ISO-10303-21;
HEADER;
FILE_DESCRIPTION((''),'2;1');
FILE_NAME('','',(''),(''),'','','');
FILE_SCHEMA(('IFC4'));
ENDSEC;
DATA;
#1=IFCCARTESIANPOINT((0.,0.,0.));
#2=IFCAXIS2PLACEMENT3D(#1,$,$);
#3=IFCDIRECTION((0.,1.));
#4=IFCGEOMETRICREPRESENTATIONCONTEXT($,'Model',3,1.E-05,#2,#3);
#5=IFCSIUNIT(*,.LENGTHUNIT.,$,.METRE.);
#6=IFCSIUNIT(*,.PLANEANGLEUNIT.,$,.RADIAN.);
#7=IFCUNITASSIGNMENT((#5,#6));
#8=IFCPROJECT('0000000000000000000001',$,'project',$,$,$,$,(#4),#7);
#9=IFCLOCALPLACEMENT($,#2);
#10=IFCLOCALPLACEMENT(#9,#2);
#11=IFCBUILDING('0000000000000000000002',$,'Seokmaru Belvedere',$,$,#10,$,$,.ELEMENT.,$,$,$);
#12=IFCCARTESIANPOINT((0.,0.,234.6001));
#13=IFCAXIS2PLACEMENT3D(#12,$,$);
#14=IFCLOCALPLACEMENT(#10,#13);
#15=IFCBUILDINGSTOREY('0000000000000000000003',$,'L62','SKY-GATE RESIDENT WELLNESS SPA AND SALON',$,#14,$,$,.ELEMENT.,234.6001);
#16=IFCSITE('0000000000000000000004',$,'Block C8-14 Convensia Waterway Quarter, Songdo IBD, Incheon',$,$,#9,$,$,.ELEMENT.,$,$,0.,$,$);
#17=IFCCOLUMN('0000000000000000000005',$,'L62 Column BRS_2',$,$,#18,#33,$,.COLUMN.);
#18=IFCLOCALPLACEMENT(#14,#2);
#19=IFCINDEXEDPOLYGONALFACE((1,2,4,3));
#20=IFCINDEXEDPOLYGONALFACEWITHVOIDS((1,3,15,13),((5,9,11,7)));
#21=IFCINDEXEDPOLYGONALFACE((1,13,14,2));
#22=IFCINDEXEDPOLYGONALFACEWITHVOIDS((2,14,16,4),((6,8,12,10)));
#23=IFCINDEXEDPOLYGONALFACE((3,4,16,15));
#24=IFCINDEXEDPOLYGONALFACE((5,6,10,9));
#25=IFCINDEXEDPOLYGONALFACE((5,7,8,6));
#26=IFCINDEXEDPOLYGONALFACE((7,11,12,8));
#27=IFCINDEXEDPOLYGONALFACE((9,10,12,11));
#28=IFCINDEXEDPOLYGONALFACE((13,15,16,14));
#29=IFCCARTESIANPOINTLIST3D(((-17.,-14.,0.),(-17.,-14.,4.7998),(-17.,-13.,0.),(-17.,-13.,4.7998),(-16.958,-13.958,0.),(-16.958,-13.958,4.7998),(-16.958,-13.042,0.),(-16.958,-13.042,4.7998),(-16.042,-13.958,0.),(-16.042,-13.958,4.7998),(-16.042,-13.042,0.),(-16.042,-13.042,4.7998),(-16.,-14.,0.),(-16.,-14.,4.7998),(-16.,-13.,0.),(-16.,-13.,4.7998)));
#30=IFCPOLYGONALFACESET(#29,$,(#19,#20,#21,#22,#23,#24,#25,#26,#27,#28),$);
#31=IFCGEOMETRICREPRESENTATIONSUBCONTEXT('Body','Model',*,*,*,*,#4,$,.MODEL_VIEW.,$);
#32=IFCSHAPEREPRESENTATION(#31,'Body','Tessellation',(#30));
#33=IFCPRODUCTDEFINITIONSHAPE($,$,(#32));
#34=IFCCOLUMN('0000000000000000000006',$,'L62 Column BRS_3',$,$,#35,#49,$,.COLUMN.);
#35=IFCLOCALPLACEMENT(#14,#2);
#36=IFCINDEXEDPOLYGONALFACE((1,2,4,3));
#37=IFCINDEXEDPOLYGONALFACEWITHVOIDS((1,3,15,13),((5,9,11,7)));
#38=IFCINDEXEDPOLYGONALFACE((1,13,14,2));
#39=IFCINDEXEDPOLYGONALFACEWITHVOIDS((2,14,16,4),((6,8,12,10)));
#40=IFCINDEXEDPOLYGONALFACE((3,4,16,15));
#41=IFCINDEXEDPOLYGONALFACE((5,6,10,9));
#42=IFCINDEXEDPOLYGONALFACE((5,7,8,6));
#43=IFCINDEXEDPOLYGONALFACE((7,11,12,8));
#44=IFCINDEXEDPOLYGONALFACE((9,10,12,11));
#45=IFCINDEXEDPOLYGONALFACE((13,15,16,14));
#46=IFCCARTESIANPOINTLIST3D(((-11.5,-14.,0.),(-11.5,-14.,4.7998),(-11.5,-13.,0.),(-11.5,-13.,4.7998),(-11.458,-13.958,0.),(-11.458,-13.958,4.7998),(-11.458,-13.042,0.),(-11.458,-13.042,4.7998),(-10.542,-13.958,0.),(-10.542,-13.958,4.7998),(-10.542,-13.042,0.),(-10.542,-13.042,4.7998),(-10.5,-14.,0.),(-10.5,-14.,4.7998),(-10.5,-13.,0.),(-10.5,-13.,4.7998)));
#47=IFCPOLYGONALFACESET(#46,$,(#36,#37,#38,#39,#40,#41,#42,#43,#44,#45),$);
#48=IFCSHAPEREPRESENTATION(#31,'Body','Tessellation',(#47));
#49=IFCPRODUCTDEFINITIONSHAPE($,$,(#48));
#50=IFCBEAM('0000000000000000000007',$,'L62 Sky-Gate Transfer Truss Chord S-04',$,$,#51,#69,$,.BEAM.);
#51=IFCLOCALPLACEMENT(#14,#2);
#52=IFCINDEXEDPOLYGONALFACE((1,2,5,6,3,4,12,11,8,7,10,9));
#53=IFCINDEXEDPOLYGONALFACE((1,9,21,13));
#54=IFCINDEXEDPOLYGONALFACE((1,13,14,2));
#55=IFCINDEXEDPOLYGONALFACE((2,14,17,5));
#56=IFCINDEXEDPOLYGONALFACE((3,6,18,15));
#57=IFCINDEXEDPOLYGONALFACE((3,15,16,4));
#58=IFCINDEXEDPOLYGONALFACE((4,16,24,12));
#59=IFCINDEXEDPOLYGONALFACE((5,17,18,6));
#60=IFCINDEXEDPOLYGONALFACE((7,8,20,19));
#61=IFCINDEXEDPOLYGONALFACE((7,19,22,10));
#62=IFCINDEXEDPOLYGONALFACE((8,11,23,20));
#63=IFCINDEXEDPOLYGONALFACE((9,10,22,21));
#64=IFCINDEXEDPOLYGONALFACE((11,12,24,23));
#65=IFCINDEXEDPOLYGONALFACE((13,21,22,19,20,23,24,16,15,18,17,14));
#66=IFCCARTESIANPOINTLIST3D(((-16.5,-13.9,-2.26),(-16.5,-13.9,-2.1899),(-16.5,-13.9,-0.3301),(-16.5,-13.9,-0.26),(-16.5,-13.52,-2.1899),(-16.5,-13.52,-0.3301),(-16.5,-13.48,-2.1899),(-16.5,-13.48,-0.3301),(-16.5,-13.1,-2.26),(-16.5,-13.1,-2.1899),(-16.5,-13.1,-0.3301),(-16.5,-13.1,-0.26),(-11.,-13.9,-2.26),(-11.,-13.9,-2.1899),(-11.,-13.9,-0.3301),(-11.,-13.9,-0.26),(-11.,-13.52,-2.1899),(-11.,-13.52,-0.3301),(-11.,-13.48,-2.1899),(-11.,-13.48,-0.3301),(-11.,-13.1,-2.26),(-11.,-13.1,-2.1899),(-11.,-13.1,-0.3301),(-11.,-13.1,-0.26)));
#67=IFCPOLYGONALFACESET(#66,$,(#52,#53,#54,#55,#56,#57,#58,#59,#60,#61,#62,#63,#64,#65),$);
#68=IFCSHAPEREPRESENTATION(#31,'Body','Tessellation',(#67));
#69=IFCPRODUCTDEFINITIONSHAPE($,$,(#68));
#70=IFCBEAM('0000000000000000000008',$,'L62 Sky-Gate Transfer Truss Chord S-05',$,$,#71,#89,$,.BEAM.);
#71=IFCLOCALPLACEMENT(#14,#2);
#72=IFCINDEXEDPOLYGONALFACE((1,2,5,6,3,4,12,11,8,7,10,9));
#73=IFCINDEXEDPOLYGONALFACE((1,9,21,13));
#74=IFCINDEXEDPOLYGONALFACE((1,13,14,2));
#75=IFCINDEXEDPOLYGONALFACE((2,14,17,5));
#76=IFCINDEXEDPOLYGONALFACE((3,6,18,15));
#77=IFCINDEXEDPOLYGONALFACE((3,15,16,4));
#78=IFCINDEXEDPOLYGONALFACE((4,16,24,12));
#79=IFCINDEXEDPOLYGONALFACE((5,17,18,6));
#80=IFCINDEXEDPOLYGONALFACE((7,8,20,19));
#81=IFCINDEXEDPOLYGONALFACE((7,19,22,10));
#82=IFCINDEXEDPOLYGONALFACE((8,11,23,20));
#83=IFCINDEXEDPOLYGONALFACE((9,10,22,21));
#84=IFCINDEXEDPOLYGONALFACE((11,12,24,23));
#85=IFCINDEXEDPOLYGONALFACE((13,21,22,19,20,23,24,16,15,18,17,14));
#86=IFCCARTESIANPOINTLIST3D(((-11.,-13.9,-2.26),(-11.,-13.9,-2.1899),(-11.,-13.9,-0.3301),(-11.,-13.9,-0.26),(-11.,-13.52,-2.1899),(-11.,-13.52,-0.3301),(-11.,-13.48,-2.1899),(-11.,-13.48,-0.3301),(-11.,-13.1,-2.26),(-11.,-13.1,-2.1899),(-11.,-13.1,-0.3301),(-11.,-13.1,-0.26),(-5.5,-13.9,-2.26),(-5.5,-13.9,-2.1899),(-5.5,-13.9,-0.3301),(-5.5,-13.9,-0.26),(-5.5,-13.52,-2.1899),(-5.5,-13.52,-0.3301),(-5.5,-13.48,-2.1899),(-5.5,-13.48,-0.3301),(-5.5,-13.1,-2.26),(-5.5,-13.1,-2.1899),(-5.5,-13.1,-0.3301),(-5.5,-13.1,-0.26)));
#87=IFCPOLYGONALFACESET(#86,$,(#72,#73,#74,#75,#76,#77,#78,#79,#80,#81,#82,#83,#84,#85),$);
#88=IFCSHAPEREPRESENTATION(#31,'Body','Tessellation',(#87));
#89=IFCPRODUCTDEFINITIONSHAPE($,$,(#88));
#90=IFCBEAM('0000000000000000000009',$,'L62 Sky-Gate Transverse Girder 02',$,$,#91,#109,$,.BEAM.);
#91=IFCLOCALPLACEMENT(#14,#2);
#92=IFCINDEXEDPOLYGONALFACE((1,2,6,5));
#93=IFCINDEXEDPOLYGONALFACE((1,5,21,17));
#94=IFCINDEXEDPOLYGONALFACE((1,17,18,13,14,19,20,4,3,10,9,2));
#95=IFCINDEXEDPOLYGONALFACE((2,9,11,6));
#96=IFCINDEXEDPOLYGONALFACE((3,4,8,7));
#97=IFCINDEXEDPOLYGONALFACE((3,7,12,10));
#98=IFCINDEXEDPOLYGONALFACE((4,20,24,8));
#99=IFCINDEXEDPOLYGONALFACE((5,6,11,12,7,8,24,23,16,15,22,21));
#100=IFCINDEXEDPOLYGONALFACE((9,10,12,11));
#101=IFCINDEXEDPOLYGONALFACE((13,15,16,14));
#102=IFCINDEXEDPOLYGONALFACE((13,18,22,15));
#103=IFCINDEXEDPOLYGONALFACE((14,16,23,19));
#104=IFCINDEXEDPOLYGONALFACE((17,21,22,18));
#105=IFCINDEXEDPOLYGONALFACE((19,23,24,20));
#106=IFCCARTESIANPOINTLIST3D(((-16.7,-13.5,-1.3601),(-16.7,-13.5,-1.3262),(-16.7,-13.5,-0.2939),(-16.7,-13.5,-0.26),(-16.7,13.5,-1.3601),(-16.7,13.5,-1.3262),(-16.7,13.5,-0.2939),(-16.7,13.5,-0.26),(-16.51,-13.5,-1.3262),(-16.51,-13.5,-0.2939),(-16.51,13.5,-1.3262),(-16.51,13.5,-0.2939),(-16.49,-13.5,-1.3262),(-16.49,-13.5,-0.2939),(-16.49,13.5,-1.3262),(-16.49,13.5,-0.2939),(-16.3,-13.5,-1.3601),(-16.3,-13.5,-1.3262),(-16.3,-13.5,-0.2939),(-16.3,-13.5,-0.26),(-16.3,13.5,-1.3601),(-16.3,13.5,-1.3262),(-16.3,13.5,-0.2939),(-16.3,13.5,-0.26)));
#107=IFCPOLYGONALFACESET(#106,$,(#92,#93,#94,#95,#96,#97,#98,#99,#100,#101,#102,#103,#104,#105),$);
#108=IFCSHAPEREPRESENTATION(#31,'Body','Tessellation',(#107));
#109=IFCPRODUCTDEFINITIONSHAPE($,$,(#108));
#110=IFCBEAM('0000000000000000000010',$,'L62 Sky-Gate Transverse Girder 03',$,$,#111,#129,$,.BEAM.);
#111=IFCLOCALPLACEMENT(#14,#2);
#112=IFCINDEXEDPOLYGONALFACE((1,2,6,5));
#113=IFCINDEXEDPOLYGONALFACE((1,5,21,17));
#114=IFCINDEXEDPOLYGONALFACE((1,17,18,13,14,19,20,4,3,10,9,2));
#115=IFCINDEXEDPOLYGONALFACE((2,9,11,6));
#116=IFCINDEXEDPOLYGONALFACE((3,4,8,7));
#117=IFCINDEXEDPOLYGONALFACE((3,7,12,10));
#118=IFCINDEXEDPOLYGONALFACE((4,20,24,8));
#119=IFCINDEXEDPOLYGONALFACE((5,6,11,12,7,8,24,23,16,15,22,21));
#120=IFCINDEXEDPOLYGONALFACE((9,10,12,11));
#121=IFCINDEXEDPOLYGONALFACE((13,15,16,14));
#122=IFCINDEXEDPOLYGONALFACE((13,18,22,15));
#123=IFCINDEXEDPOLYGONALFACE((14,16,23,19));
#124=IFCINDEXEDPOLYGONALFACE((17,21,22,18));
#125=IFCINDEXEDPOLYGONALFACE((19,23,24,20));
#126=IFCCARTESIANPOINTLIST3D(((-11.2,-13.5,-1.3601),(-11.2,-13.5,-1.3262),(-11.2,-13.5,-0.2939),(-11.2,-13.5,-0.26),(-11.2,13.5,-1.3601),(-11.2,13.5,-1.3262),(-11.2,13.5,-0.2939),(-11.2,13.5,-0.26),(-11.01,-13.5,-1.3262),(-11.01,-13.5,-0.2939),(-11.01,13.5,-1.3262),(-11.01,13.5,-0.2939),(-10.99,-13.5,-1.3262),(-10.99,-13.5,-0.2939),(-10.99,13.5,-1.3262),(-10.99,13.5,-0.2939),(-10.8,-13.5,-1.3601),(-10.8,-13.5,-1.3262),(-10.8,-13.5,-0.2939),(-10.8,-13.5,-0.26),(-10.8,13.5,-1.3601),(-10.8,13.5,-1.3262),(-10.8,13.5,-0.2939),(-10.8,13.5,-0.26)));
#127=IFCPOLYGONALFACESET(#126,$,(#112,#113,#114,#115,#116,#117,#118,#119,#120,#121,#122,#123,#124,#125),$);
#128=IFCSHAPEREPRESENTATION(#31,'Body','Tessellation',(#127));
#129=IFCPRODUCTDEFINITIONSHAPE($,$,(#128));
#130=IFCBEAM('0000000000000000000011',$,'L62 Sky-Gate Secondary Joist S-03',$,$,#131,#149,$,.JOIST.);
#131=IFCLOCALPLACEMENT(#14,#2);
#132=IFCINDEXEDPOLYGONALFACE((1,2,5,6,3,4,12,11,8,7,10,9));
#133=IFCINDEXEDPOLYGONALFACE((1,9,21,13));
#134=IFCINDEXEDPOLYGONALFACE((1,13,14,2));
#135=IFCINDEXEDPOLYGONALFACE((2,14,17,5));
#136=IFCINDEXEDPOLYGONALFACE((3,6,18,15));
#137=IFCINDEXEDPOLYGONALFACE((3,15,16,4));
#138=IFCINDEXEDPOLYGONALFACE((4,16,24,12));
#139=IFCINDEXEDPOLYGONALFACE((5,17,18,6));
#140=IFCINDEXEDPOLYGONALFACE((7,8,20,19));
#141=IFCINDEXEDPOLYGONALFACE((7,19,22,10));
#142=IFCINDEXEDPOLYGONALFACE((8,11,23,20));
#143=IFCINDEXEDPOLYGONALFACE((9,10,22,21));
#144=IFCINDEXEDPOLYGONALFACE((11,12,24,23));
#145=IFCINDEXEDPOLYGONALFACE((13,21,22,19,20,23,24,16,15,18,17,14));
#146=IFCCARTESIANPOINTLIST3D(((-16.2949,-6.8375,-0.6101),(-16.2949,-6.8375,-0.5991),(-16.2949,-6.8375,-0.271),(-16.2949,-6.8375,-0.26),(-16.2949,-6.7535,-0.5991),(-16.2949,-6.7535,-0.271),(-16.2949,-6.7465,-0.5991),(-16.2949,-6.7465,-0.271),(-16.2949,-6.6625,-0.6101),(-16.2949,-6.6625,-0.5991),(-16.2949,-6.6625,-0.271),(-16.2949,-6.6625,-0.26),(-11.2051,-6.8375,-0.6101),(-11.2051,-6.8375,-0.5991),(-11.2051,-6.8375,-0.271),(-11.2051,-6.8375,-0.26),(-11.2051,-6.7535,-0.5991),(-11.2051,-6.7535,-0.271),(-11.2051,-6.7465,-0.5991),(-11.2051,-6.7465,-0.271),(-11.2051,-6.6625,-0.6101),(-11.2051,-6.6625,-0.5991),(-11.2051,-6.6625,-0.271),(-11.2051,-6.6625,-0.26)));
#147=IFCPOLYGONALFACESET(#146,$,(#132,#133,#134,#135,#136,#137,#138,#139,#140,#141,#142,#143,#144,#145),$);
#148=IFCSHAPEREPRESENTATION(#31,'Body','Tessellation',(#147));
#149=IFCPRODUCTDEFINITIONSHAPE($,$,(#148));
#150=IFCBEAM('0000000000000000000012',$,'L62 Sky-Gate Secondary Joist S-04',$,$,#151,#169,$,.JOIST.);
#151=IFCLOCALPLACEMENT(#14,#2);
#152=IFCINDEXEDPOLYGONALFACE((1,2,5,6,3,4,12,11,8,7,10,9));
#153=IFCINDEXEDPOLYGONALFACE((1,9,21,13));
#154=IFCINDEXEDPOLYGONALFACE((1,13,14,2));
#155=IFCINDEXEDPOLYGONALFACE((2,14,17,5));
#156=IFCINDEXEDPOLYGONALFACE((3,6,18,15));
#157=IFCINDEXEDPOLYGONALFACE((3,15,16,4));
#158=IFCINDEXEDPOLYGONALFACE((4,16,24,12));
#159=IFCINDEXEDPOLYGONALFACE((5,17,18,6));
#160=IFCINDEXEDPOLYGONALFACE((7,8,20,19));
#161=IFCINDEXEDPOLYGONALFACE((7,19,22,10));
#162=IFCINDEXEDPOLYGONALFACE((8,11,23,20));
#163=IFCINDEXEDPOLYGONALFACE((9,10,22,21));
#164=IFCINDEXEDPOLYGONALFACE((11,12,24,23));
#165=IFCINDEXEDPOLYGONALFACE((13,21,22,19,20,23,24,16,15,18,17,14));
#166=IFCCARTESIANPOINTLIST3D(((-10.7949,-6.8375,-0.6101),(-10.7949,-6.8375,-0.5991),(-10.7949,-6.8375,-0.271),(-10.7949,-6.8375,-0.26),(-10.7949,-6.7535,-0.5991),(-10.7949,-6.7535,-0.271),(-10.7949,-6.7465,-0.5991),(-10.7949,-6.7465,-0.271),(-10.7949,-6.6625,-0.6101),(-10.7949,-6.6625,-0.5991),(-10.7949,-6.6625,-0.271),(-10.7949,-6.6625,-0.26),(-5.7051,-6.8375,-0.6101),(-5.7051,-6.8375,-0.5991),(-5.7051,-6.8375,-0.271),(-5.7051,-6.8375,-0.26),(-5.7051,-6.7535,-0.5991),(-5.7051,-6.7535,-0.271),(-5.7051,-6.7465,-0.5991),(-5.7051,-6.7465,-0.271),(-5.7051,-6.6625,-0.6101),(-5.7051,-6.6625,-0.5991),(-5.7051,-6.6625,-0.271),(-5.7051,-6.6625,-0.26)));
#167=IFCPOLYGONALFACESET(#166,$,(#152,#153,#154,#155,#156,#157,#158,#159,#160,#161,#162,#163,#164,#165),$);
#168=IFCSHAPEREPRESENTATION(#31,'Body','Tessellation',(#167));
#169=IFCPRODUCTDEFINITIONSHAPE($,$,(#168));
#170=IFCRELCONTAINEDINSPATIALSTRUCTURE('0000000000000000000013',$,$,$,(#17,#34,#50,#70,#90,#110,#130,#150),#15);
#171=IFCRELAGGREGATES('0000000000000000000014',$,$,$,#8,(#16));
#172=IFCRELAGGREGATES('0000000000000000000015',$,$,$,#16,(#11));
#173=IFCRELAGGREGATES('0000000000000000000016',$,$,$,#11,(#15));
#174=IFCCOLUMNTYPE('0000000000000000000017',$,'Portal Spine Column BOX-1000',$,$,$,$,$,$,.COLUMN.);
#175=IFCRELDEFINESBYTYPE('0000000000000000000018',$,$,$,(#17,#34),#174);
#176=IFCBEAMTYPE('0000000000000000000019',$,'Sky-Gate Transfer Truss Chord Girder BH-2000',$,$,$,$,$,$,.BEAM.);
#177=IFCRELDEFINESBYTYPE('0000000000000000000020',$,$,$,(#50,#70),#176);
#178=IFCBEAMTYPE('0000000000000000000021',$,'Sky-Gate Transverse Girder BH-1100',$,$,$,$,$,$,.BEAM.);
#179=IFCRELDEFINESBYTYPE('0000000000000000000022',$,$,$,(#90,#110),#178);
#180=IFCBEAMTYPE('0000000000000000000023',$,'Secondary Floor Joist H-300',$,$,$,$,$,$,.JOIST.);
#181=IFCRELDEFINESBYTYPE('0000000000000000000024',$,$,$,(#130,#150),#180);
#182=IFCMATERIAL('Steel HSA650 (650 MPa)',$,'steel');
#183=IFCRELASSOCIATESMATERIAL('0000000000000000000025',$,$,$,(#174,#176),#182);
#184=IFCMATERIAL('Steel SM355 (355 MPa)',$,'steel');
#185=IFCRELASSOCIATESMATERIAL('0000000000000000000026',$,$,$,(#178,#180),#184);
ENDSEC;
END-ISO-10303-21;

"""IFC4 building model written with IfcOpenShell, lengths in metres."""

from ifc_helpers import new_model, si_unit, direction, frame, origin, origin_2d, place, context, subcontext, project, spatial, hollow_rectangle, i_section, extrude, source, transform, mapped, material, material_profile, profile_set, type_object, type_shapes, element, save


model = new_model("IFC4")

# Units and contexts
model_context = context("Model", 3, precision=1e-05, world=origin(), true_north=direction((0.0, 1.0)))
body_context = subcontext(model_context, "Body", "Model", "MODEL_VIEW")
ifc_project = project(units=[si_unit("LENGTHUNIT", "METRE"), si_unit("PLANEANGLEUNIT", "RADIAN")], contexts=[model_context])

# Site, building, storey
site_placement = place(None, origin())
site = spatial("IfcSite", under=ifc_project, at=site_placement, Name="Block C8-14 Convensia Waterway Quarter, Songdo IBD, Incheon", CompositionType="ELEMENT", RefElevation=0.0)
building_placement = place(site_placement, origin())
building = spatial("IfcBuilding", under=site, at=building_placement, Name="Seokmaru Belvedere", CompositionType="ELEMENT")
storey_placement = place(building_placement, frame((0.0, 0.0, 234.6001)))
storey = spatial("IfcBuildingStorey", under=building, at=storey_placement, Name="L62", Description="SKY-GATE RESIDENT WELLNESS SPA AND SALON", CompositionType="ELEMENT", Elevation=234.6001)

# Columns
ifc_material_1 = material(Name="Steel HSA650 (650 MPa)", Category="steel")
ifc_material_profile_1 = material_profile(ifc_material_1, hollow_rectangle(XDim=1.0, YDim=1.0, WallThickness=0.042, at=origin_2d()), Name="BOX-1000x1000x42")
ifc_profile_set_1 = profile_set([ifc_material_profile_1], Name="Steel HSA650 (650 MPa)")
column_type = type_object("IfcColumnType", Name="Portal Spine Column BOX-1000", PredefinedType="COLUMN", material=ifc_profile_set_1)
shared_shape_1 = source(origin(), body_context, "Body", "SweptSolid", [
    extrude(hollow_rectangle(XDim=1.0, YDim=1.0, WallThickness=0.042, at=origin_2d()), origin(), (0.0, 0.0, 1.0), 4.7998),
])
type_shapes(column_type, [shared_shape_1])
for number, where, z_axis, x_axis, name in (
    (1, (-16.5, -13.5, 0.0), (0.0, 0.0, 1.0), (1.0, 0.0, 0.0), "L62 Column BRS_2"),
    (2, (-11.0, -13.5, 0.0), (0.0, 0.0, 1.0), (1.0, 0.0, 0.0), "L62 Column BRS_3"),
):
    element("IfcColumn", number, at=place(storey_placement, frame(where, z_axis=z_axis, x_axis=x_axis)), inside=storey, type_object=column_type, Name=name, PredefinedType="COLUMN", context=body_context, shape_type="MappedRepresentation", body=[
        mapped(shared_shape_1, transform((0.0, 0.0, 0.0), scale=1.0)),
    ])

# Beams
ifc_material_profile_2 = material_profile(ifc_material_1, i_section(OverallWidth=0.8, OverallDepth=2.0, WebThickness=0.04, FlangeThickness=0.0701, at=origin_2d()), Name="BH-2000x800x40x70")
ifc_profile_set_2 = profile_set([ifc_material_profile_2], Name="Steel HSA650 (650 MPa)")
beam_type_1 = type_object("IfcBeamType", Name="Sky-Gate Transfer Truss Chord Girder BH-2000", PredefinedType="BEAM", material=ifc_profile_set_2)
shared_shape_2 = source(origin(), body_context, "Body", "SweptSolid", [
    extrude(i_section(OverallWidth=0.8, OverallDepth=2.0, WebThickness=0.04, FlangeThickness=0.0701, at=origin_2d()), origin(), (0.0, 0.0, 1.0), 5.5),
])
type_shapes(beam_type_1, [shared_shape_2])
for number, where, z_axis, x_axis, name in (
    (3, (-16.5, -13.5, -1.26), (1.0, 0.0, 0.0), (0.0, 1.0, 0.0), "L62 Sky-Gate Transfer Truss Chord S-04"),
    (4, (-11.0, -13.5, -1.26), (1.0, 0.0, 0.0), (0.0, 1.0, 0.0), "L62 Sky-Gate Transfer Truss Chord S-05"),
):
    element("IfcBeam", number, at=place(storey_placement, frame(where, z_axis=z_axis, x_axis=x_axis)), inside=storey, type_object=beam_type_1, Name=name, PredefinedType="BEAM", context=body_context, shape_type="MappedRepresentation", body=[
        mapped(shared_shape_2, transform((0.0, 0.0, 0.0), scale=1.0)),
    ])
ifc_material_2 = material(Name="Steel SM355 (355 MPa)", Category="steel")
ifc_material_profile_3 = material_profile(ifc_material_2, i_section(OverallWidth=0.3999, OverallDepth=1.1001, WebThickness=0.02, FlangeThickness=0.0339, at=origin_2d()), Name="BH-1100x400x20x34")
ifc_profile_set_3 = profile_set([ifc_material_profile_3], Name="Steel SM355 (355 MPa)")
beam_type_2 = type_object("IfcBeamType", Name="Sky-Gate Transverse Girder BH-1100", PredefinedType="BEAM", material=ifc_profile_set_3)
shared_shape_3 = source(origin(), body_context, "Body", "SweptSolid", [
    extrude(i_section(OverallWidth=0.3999, OverallDepth=1.1001, WebThickness=0.02, FlangeThickness=0.0339, at=origin_2d()), origin(), (0.0, 0.0, 1.0), 27.0),
])
type_shapes(beam_type_2, [shared_shape_3])
for number, where, z_axis, x_axis, name in (
    (5, (-16.5, -13.5, -0.8101), (0.0, 1.0, 0.0), (-1.0, 0.0, 0.0), "L62 Sky-Gate Transverse Girder 02"),
    (6, (-11.0, -13.5, -0.8101), (0.0, 1.0, 0.0), (-1.0, 0.0, 0.0), "L62 Sky-Gate Transverse Girder 03"),
):
    element("IfcBeam", number, at=place(storey_placement, frame(where, z_axis=z_axis, x_axis=x_axis)), inside=storey, type_object=beam_type_2, Name=name, PredefinedType="BEAM", context=body_context, shape_type="MappedRepresentation", body=[
        mapped(shared_shape_3, transform((0.0, 0.0, 0.0), scale=1.0)),
    ])
ifc_material_profile_4 = material_profile(ifc_material_2, i_section(OverallWidth=0.175, OverallDepth=0.3501, WebThickness=0.0071, FlangeThickness=0.011, at=origin_2d()), Name="H-350x175x7x11")
ifc_profile_set_4 = profile_set([ifc_material_profile_4], Name="Steel SM355 (355 MPa)")
beam_type_3 = type_object("IfcBeamType", Name="Secondary Floor Joist H-300", PredefinedType="JOIST", material=ifc_profile_set_4)
shared_shape_4 = source(origin(), body_context, "Body", "SweptSolid", [
    extrude(i_section(OverallWidth=0.175, OverallDepth=0.3501, WebThickness=0.0071, FlangeThickness=0.011, at=origin_2d()), origin(), (0.0, 0.0, 1.0), 5.0898),
])
type_shapes(beam_type_3, [shared_shape_4])
for number, where, z_axis, x_axis, name in (
    (7, (-16.2949, -6.75, -0.4351), (1.0, 0.0, 0.0), (0.0, 1.0, 0.0), "L62 Sky-Gate Secondary Joist S-03"),
    (8, (-10.7949, -6.75, -0.4351), (1.0, 0.0, 0.0), (0.0, 1.0, 0.0), "L62 Sky-Gate Secondary Joist S-04"),
):
    element("IfcBeam", number, at=place(storey_placement, frame(where, z_axis=z_axis, x_axis=x_axis)), inside=storey, type_object=beam_type_3, Name=name, PredefinedType="JOIST", context=body_context, shape_type="MappedRepresentation", body=[
        mapped(shared_shape_4, transform((0.0, 0.0, 0.0), scale=1.0)),
    ])

save(model, "model.ifc")
